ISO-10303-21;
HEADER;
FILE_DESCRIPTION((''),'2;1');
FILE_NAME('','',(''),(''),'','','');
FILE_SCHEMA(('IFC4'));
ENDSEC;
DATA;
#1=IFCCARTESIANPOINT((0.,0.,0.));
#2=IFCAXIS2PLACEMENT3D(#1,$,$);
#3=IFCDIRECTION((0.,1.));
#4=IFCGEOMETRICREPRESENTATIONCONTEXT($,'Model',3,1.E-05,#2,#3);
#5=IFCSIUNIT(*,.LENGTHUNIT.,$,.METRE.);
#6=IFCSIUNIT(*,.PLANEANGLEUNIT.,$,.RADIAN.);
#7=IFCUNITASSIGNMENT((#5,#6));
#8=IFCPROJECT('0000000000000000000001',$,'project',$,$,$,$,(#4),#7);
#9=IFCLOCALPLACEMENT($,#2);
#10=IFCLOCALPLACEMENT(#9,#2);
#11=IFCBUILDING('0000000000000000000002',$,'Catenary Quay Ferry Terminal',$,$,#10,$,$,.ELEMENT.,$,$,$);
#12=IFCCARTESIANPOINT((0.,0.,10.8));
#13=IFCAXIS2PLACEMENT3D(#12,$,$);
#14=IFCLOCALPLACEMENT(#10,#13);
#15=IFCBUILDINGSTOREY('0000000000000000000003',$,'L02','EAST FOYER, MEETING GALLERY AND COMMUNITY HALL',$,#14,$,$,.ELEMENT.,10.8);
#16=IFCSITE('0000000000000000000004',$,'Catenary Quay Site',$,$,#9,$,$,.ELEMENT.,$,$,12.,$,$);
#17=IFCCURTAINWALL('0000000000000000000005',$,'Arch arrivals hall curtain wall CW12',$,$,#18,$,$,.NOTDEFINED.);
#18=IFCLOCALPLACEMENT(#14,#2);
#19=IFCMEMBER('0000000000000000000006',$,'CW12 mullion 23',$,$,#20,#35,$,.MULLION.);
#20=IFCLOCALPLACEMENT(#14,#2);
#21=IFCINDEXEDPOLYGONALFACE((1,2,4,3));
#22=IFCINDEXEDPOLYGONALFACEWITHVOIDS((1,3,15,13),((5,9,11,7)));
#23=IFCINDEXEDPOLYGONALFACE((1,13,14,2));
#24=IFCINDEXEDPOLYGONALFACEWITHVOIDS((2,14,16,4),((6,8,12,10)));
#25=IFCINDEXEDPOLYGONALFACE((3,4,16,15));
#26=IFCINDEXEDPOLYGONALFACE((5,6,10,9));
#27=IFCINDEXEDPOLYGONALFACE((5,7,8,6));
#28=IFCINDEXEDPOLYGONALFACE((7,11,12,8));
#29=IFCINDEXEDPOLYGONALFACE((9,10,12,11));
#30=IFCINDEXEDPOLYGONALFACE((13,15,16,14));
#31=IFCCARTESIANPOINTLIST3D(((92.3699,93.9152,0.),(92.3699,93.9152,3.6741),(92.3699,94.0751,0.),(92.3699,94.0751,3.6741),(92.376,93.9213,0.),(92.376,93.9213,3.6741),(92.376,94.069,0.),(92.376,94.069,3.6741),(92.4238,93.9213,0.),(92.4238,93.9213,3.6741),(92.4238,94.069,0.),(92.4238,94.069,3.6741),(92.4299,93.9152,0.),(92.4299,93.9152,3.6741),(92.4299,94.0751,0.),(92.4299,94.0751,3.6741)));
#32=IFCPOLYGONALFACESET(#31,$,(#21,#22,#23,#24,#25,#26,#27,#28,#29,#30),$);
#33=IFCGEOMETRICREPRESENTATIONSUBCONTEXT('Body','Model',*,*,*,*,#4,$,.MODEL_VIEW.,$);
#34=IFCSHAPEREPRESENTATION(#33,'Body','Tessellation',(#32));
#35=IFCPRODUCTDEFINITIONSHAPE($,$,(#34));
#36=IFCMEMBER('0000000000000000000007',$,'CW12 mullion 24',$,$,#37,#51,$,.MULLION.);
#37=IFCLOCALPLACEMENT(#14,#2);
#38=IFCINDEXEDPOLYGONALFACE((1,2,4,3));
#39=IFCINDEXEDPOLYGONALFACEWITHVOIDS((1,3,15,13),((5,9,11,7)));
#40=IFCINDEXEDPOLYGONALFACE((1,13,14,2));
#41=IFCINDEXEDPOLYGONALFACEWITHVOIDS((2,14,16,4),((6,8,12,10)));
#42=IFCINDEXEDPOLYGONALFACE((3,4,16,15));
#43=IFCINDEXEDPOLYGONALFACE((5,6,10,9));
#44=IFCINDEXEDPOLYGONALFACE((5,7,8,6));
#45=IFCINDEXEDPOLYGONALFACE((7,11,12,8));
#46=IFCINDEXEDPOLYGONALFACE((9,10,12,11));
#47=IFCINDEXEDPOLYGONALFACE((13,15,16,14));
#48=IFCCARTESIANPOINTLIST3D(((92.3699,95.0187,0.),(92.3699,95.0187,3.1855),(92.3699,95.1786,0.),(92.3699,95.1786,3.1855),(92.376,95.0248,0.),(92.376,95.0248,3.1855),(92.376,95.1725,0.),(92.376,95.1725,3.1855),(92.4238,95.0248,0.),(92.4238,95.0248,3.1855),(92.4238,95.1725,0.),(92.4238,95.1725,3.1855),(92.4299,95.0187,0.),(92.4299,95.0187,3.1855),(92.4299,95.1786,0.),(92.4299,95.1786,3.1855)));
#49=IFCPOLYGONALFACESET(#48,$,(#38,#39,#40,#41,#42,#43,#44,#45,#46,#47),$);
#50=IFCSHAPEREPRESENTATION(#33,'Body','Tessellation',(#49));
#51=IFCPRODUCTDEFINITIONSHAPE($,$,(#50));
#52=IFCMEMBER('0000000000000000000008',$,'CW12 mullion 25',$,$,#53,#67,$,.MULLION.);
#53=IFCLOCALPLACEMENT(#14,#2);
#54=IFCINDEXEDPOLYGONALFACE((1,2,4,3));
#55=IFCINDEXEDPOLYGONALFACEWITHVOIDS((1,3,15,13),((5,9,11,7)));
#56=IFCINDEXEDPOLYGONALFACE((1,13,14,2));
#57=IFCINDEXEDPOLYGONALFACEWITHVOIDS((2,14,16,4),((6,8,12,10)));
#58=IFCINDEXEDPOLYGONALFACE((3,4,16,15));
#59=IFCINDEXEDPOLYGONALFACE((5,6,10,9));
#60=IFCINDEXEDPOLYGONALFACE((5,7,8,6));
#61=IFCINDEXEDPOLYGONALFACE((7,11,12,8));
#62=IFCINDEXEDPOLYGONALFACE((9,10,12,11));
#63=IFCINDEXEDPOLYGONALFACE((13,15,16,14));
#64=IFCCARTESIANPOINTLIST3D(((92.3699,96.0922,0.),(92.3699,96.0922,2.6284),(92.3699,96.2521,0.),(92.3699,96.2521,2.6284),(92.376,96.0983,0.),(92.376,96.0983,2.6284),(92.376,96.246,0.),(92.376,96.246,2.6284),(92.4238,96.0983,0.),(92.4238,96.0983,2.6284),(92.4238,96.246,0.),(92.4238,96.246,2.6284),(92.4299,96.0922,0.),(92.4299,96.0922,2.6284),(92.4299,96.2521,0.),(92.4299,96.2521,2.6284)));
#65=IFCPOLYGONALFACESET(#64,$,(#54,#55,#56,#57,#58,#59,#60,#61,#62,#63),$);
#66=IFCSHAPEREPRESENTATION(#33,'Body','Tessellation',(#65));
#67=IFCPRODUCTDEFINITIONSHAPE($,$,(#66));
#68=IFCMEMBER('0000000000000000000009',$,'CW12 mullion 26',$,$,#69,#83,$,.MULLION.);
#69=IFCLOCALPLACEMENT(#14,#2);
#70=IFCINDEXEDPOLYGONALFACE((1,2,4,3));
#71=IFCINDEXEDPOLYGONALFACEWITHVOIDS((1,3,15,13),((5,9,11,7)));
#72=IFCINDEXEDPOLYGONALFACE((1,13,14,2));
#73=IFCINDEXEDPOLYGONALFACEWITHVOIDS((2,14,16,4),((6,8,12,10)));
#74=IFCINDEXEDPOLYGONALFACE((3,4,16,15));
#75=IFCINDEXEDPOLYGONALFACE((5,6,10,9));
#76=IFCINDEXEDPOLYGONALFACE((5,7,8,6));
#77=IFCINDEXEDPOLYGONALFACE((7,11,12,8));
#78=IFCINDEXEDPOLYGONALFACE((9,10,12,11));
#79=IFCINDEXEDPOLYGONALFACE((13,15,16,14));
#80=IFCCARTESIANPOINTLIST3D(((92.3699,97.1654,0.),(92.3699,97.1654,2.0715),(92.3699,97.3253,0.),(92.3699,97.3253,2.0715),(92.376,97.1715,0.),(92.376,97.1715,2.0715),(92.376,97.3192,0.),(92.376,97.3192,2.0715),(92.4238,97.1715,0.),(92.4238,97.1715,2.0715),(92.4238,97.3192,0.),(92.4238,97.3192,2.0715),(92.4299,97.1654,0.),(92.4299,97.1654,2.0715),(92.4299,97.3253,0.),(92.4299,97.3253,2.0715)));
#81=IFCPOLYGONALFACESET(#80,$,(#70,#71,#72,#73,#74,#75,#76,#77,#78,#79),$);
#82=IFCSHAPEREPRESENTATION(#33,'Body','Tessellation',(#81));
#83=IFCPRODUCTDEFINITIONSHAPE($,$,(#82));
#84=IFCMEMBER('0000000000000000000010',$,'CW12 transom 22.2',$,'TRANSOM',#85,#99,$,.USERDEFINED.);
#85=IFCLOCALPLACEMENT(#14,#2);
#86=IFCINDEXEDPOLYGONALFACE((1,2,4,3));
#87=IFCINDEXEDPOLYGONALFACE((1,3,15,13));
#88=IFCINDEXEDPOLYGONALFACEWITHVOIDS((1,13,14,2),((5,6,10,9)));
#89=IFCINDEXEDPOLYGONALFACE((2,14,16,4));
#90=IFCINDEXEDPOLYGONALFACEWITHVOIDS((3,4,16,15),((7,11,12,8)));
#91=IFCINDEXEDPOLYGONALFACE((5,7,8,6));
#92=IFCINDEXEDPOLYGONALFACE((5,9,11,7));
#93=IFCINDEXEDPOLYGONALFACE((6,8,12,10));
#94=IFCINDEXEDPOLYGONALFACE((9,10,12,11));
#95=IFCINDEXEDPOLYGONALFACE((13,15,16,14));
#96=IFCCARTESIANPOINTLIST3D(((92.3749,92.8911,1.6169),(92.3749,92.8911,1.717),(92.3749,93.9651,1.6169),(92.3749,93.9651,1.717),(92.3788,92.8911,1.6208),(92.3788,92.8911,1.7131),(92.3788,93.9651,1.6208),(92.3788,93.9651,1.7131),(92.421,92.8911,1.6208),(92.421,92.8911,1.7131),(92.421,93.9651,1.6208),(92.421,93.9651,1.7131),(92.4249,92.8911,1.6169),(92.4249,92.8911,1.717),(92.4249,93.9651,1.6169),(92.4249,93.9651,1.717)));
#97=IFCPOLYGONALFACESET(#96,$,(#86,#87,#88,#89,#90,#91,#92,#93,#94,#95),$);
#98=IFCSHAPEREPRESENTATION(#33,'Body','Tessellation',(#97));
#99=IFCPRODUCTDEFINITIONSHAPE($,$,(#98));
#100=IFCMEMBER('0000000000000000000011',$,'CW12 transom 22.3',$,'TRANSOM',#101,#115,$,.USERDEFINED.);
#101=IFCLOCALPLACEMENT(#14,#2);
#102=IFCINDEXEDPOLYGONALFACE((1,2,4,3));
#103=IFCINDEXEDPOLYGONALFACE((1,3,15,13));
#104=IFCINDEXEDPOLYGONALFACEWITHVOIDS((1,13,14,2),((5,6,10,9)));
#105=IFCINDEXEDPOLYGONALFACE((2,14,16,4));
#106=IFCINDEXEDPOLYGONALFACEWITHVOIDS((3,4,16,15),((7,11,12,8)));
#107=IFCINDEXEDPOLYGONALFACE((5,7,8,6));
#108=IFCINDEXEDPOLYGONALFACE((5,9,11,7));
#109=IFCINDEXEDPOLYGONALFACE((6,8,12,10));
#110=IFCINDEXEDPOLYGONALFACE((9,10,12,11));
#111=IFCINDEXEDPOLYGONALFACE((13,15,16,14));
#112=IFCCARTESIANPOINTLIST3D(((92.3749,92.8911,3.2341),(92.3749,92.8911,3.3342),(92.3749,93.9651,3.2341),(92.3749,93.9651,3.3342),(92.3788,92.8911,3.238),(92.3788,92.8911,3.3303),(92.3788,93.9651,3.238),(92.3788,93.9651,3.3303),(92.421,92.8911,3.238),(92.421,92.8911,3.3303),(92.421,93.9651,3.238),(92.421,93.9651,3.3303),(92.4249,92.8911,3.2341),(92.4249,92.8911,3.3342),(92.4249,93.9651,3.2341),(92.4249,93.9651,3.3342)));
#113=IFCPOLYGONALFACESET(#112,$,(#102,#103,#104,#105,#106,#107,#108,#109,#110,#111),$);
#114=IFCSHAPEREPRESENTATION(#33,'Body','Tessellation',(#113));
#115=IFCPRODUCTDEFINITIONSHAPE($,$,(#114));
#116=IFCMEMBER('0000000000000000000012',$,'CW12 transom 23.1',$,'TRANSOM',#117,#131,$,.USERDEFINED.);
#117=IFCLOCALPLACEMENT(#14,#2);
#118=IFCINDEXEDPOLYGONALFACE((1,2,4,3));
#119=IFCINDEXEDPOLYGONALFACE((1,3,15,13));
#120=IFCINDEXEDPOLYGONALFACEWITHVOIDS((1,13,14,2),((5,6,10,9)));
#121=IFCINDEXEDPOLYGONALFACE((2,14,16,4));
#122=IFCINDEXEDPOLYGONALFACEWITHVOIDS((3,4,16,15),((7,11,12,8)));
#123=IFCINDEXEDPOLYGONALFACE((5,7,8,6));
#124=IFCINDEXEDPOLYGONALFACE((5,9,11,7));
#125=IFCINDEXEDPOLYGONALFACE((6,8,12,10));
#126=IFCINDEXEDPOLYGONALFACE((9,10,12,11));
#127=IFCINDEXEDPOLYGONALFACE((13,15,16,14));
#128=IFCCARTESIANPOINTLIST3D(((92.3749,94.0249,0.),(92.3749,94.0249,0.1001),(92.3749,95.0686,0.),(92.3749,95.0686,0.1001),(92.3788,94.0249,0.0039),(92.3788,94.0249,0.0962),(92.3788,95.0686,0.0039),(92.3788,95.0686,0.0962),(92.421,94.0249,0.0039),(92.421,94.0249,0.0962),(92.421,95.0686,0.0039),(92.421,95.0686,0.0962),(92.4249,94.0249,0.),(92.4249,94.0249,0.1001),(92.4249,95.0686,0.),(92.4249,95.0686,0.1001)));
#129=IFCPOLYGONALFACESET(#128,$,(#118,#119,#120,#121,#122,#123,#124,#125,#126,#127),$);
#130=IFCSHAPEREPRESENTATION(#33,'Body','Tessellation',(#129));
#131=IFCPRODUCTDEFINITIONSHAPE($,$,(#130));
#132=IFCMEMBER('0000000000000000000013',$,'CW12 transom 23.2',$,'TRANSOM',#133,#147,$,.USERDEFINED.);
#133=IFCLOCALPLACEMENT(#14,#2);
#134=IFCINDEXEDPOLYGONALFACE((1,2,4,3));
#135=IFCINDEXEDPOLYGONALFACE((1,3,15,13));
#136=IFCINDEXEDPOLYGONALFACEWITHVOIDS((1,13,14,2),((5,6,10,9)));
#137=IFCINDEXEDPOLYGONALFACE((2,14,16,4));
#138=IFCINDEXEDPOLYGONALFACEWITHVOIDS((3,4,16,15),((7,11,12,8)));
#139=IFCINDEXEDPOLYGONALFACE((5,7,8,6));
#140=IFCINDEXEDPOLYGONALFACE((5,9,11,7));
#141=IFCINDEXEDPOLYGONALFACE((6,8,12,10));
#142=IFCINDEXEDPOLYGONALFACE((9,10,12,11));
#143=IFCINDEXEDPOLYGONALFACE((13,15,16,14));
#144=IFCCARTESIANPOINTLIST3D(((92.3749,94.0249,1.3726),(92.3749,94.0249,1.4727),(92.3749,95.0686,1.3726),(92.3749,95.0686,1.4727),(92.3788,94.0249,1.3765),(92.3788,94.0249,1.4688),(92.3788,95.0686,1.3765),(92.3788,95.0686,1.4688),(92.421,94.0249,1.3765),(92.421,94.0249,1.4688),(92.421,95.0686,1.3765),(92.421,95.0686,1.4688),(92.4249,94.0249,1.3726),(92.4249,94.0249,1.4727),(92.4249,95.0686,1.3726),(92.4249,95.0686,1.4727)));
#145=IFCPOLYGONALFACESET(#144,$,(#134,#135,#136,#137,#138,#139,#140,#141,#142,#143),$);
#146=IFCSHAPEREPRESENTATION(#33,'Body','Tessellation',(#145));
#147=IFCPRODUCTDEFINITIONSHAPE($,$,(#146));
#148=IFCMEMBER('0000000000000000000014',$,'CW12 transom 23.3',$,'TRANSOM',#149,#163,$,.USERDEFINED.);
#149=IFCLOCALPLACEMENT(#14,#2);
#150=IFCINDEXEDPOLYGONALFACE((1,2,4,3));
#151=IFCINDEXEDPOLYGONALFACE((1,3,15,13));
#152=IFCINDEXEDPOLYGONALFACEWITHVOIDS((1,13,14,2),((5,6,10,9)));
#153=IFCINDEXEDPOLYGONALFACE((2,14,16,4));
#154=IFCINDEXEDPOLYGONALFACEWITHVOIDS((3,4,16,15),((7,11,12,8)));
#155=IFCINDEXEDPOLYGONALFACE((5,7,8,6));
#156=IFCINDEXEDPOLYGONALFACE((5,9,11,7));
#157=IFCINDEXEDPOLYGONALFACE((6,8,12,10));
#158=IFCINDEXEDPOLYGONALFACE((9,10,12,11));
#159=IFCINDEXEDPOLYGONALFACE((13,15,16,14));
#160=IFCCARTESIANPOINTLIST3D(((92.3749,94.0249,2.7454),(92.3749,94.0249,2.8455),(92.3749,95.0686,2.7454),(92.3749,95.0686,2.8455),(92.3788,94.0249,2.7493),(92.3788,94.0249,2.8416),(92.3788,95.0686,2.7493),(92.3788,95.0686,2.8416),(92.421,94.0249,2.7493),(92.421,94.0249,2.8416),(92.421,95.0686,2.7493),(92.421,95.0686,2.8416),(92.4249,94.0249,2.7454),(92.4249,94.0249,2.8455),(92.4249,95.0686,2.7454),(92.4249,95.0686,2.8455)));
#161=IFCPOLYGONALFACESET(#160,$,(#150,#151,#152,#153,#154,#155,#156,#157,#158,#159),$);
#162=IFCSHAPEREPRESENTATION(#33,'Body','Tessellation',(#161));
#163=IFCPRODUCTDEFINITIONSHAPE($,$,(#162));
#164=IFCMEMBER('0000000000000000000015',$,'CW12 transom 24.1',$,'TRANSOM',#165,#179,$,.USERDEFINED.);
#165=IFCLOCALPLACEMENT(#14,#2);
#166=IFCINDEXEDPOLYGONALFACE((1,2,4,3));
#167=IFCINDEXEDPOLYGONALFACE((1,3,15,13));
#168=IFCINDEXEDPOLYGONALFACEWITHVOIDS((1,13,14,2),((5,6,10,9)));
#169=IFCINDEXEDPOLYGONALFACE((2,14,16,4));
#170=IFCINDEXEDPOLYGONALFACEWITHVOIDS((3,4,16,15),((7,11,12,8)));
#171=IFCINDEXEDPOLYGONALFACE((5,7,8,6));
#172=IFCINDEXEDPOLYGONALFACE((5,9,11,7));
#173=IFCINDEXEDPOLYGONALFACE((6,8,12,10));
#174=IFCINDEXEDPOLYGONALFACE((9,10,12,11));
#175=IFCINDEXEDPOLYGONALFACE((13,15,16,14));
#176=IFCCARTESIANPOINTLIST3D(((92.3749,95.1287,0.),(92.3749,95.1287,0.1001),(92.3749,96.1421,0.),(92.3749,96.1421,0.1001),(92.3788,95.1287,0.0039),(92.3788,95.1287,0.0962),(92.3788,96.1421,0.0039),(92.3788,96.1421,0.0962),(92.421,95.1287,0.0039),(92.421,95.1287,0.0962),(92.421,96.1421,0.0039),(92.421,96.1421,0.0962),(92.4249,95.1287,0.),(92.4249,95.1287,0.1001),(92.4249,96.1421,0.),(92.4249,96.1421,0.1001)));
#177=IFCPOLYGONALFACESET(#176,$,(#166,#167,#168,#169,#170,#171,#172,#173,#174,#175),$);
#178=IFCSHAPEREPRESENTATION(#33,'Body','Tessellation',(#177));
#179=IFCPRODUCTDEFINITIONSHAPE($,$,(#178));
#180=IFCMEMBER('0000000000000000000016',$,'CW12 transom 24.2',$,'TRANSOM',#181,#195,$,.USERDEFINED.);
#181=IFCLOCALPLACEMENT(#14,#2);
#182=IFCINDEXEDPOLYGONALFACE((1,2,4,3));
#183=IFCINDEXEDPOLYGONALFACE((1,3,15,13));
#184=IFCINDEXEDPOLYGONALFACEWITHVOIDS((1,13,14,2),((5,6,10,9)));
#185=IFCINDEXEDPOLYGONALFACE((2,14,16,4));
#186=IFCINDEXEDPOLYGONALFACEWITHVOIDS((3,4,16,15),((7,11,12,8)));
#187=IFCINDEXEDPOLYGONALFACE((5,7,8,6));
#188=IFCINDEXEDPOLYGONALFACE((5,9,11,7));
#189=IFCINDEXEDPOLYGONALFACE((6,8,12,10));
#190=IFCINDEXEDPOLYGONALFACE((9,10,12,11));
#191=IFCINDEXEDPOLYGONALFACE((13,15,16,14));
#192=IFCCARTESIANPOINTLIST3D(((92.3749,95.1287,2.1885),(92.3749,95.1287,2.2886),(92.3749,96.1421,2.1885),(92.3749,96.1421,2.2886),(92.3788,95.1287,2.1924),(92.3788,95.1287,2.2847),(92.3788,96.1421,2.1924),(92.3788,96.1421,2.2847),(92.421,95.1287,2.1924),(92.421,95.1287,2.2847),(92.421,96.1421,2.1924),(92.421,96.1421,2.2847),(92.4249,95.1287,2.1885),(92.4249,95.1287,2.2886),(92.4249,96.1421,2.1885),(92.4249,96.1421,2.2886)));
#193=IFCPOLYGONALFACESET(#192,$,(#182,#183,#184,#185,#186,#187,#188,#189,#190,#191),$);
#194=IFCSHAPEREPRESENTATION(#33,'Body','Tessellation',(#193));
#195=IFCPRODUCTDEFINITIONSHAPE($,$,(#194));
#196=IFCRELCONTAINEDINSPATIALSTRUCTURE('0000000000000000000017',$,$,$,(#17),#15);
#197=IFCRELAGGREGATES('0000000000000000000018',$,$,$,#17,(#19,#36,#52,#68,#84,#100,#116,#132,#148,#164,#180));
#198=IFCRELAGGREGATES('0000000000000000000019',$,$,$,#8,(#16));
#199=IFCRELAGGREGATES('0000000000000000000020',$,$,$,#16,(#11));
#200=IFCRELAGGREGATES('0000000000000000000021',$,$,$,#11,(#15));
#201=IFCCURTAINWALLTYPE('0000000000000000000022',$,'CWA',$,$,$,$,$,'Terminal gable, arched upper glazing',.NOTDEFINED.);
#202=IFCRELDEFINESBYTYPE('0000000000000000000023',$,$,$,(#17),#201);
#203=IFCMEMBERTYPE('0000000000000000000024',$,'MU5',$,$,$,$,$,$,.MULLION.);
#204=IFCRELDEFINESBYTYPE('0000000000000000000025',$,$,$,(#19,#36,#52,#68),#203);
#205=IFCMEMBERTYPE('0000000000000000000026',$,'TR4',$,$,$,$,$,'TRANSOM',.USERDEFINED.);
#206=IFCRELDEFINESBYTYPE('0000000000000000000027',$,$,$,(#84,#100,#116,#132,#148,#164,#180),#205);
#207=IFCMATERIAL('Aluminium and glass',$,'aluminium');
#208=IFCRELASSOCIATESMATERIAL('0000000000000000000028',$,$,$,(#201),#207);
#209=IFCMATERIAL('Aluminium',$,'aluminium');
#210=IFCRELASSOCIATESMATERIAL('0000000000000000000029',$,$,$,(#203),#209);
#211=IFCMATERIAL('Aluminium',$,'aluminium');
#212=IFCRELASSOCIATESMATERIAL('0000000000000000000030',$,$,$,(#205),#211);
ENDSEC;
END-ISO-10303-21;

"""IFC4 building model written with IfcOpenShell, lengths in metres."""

from ifc_helpers import new_model, si_unit, direction, frame, origin, origin_2d, place, context, subcontext, project, spatial, hollow_rectangle, extrude, material, material_profile, profile_set, type_object, element, aggregate, save


model = new_model("IFC4")

# Units and contexts
model_context = context("Model", 3, precision=1e-05, world=origin(), true_north=direction((0.0, 1.0)))
body_context = subcontext(model_context, "Body", "Model", "MODEL_VIEW")
ifc_project = project(units=[si_unit("LENGTHUNIT", "METRE"), si_unit("PLANEANGLEUNIT", "RADIAN")], contexts=[model_context])

# Site, building, storey
site_placement = place(None, origin())
site = spatial("IfcSite", under=ifc_project, at=site_placement, Name="Catenary Quay Site", CompositionType="ELEMENT", RefElevation=12.0)
building_placement = place(site_placement, origin())
building = spatial("IfcBuilding", under=site, at=building_placement, Name="Catenary Quay Ferry Terminal", CompositionType="ELEMENT")
storey_placement = place(building_placement, frame((0.0, 0.0, 10.8)))
storey = spatial("IfcBuildingStorey", under=building, at=storey_placement, Name="L02", Description="EAST FOYER, MEETING GALLERY AND COMMUNITY HALL", CompositionType="ELEMENT", Elevation=10.8)

# Curtain wall, members
ifc_material_1 = material(Name="Aluminium and glass", Category="aluminium")
curtain_wall_type = type_object("IfcCurtainWallType", Name="CWA", ElementType="Terminal gable, arched upper glazing", PredefinedType="NOTDEFINED", material=ifc_material_1)
curtain_wall_placement = place(storey_placement, origin())
curtain_wall = element("IfcCurtainWall", 1, at=curtain_wall_placement, inside=storey, type_object=curtain_wall_type, Name="Arch arrivals hall curtain wall CW12", PredefinedType="NOTDEFINED")
ifc_material_2 = material(Name="Aluminium", Category="aluminium")
ifc_material_profile_1 = material_profile(ifc_material_2, hollow_rectangle(XDim=0.0601, YDim=0.1599, WallThickness=0.0061, at=origin_2d()), Name="MU5")
ifc_profile_set_1 = profile_set([ifc_material_profile_1], Name="Aluminium")
member_type_1 = type_object("IfcMemberType", Name="MU5", PredefinedType="MULLION", material=ifc_profile_set_1)
member_1_placement = place(storey_placement, frame((92.3999, 93.9951, 0.0), z_axis=(0.0, 0.0, 1.0), x_axis=(-1.0, 0.0, 0.0)))
member_1 = element("IfcMember", 2, at=member_1_placement, type_object=member_type_1, Name="CW12 mullion 23", PredefinedType="MULLION", context=body_context, shape_type="SweptSolid", body=[
    extrude(hollow_rectangle(XDim=0.0601, YDim=0.1599, WallThickness=0.0061, at=origin_2d()), origin(), (0.0, 0.0, 1.0), 3.6741),
])
member_2_placement = place(storey_placement, frame((92.3999, 95.0986, 0.0), z_axis=(0.0, 0.0, 1.0), x_axis=(-1.0, 0.0, 0.0)))
member_2 = element("IfcMember", 3, at=member_2_placement, type_object=member_type_1, Name="CW12 mullion 24", PredefinedType="MULLION", context=body_context, shape_type="SweptSolid", body=[
    extrude(hollow_rectangle(XDim=0.0601, YDim=0.1599, WallThickness=0.0061, at=origin_2d()), origin(), (0.0, 0.0, 1.0), 3.1855),
])
member_3_placement = place(storey_placement, frame((92.3999, 96.1721, 0.0), z_axis=(0.0, 0.0, 1.0), x_axis=(-1.0, 0.0, 0.0)))
member_3 = element("IfcMember", 4, at=member_3_placement, type_object=member_type_1, Name="CW12 mullion 25", PredefinedType="MULLION", context=body_context, shape_type="SweptSolid", body=[
    extrude(hollow_rectangle(XDim=0.0601, YDim=0.1599, WallThickness=0.0061, at=origin_2d()), origin(), (0.0, 0.0, 1.0), 2.6284),
])
member_4_placement = place(storey_placement, frame((92.3999, 97.2454, 0.0), z_axis=(0.0, 0.0, 1.0), x_axis=(-1.0, 0.0, 0.0)))
member_4 = element("IfcMember", 5, at=member_4_placement, type_object=member_type_1, Name="CW12 mullion 26", PredefinedType="MULLION", context=body_context, shape_type="SweptSolid", body=[
    extrude(hollow_rectangle(XDim=0.0601, YDim=0.1599, WallThickness=0.0061, at=origin_2d()), origin(), (0.0, 0.0, 1.0), 2.0715),
])
ifc_material_3 = material(Name="Aluminium", Category="aluminium")
ifc_material_profile_2 = material_profile(ifc_material_3, hollow_rectangle(XDim=0.05, YDim=0.1001, WallThickness=0.0039, at=origin_2d()), Name="TR4")
ifc_profile_set_2 = profile_set([ifc_material_profile_2], Name="Aluminium")
member_type_2 = type_object("IfcMemberType", Name="TR4", ElementType="TRANSOM", PredefinedType="USERDEFINED", material=ifc_profile_set_2)
member_5_placement = place(storey_placement, frame((92.3999, 92.8911, 1.667), z_axis=(0.0, 1.0, 0.0), x_axis=(-1.0, 0.0, 0.0)))
member_5 = element("IfcMember", 6, at=member_5_placement, type_object=member_type_2, Name="CW12 transom 22.2", ObjectType="TRANSOM", PredefinedType="USERDEFINED", context=body_context, shape_type="SweptSolid", body=[
    extrude(hollow_rectangle(XDim=0.05, YDim=0.1001, WallThickness=0.0039, at=origin_2d()), origin(), (0.0, 0.0, 1.0), 1.074),
])
member_6_placement = place(storey_placement, frame((92.3999, 92.8911, 3.2842), z_axis=(0.0, 1.0, 0.0), x_axis=(-1.0, 0.0, 0.0)))
member_6 = element("IfcMember", 7, at=member_6_placement, type_object=member_type_2, Name="CW12 transom 22.3", ObjectType="TRANSOM", PredefinedType="USERDEFINED", context=body_context, shape_type="SweptSolid", body=[
    extrude(hollow_rectangle(XDim=0.05, YDim=0.1001, WallThickness=0.0039, at=origin_2d()), origin(), (0.0, 0.0, 1.0), 1.074),
])
member_7_placement = place(storey_placement, frame((92.3999, 94.0249, 0.05), z_axis=(0.0, 1.0, 0.0), x_axis=(-1.0, 0.0, 0.0)))
member_7 = element("IfcMember", 8, at=member_7_placement, type_object=member_type_2, Name="CW12 transom 23.1", ObjectType="TRANSOM", PredefinedType="USERDEFINED", context=body_context, shape_type="SweptSolid", body=[
    extrude(hollow_rectangle(XDim=0.05, YDim=0.1001, WallThickness=0.0039, at=origin_2d()), origin(), (0.0, 0.0, 1.0), 1.0437),
])
member_8_placement = place(storey_placement, frame((92.3999, 94.0249, 1.4226), z_axis=(0.0, 1.0, 0.0), x_axis=(-1.0, 0.0, 0.0)))
member_8 = element("IfcMember", 9, at=member_8_placement, type_object=member_type_2, Name="CW12 transom 23.2", ObjectType="TRANSOM", PredefinedType="USERDEFINED", context=body_context, shape_type="SweptSolid", body=[
    extrude(hollow_rectangle(XDim=0.05, YDim=0.1001, WallThickness=0.0039, at=origin_2d()), origin(), (0.0, 0.0, 1.0), 1.0437),
])
member_9_placement = place(storey_placement, frame((92.3999, 94.0249, 2.7954), z_axis=(0.0, 1.0, 0.0), x_axis=(-1.0, 0.0, 0.0)))
member_9 = element("IfcMember", 10, at=member_9_placement, type_object=member_type_2, Name="CW12 transom 23.3", ObjectType="TRANSOM", PredefinedType="USERDEFINED", context=body_context, shape_type="SweptSolid", body=[
    extrude(hollow_rectangle(XDim=0.05, YDim=0.1001, WallThickness=0.0039, at=origin_2d()), origin(), (0.0, 0.0, 1.0), 1.0437),
])
member_10_placement = place(storey_placement, frame((92.3999, 95.1287, 0.05), z_axis=(0.0, 1.0, 0.0), x_axis=(-1.0, 0.0, 0.0)))
member_10 = element("IfcMember", 11, at=member_10_placement, type_object=member_type_2, Name="CW12 transom 24.1", ObjectType="TRANSOM", PredefinedType="USERDEFINED", context=body_context, shape_type="SweptSolid", body=[
    extrude(hollow_rectangle(XDim=0.05, YDim=0.1001, WallThickness=0.0039, at=origin_2d()), origin(), (0.0, 0.0, 1.0), 1.0134),
])
member_11_placement = place(storey_placement, frame((92.3999, 95.1287, 2.2385), z_axis=(0.0, 1.0, 0.0), x_axis=(-1.0, 0.0, 0.0)))
member_11 = element("IfcMember", 12, at=member_11_placement, type_object=member_type_2, Name="CW12 transom 24.2", ObjectType="TRANSOM", PredefinedType="USERDEFINED", context=body_context, shape_type="SweptSolid", body=[
    extrude(hollow_rectangle(XDim=0.05, YDim=0.1001, WallThickness=0.0039, at=origin_2d()), origin(), (0.0, 0.0, 1.0), 1.0134),
])

aggregate(curtain_wall, [member_1, member_2, member_3, member_4, member_5, member_6, member_7, member_8, member_9, member_10, member_11])

save(model, "model.ifc")
